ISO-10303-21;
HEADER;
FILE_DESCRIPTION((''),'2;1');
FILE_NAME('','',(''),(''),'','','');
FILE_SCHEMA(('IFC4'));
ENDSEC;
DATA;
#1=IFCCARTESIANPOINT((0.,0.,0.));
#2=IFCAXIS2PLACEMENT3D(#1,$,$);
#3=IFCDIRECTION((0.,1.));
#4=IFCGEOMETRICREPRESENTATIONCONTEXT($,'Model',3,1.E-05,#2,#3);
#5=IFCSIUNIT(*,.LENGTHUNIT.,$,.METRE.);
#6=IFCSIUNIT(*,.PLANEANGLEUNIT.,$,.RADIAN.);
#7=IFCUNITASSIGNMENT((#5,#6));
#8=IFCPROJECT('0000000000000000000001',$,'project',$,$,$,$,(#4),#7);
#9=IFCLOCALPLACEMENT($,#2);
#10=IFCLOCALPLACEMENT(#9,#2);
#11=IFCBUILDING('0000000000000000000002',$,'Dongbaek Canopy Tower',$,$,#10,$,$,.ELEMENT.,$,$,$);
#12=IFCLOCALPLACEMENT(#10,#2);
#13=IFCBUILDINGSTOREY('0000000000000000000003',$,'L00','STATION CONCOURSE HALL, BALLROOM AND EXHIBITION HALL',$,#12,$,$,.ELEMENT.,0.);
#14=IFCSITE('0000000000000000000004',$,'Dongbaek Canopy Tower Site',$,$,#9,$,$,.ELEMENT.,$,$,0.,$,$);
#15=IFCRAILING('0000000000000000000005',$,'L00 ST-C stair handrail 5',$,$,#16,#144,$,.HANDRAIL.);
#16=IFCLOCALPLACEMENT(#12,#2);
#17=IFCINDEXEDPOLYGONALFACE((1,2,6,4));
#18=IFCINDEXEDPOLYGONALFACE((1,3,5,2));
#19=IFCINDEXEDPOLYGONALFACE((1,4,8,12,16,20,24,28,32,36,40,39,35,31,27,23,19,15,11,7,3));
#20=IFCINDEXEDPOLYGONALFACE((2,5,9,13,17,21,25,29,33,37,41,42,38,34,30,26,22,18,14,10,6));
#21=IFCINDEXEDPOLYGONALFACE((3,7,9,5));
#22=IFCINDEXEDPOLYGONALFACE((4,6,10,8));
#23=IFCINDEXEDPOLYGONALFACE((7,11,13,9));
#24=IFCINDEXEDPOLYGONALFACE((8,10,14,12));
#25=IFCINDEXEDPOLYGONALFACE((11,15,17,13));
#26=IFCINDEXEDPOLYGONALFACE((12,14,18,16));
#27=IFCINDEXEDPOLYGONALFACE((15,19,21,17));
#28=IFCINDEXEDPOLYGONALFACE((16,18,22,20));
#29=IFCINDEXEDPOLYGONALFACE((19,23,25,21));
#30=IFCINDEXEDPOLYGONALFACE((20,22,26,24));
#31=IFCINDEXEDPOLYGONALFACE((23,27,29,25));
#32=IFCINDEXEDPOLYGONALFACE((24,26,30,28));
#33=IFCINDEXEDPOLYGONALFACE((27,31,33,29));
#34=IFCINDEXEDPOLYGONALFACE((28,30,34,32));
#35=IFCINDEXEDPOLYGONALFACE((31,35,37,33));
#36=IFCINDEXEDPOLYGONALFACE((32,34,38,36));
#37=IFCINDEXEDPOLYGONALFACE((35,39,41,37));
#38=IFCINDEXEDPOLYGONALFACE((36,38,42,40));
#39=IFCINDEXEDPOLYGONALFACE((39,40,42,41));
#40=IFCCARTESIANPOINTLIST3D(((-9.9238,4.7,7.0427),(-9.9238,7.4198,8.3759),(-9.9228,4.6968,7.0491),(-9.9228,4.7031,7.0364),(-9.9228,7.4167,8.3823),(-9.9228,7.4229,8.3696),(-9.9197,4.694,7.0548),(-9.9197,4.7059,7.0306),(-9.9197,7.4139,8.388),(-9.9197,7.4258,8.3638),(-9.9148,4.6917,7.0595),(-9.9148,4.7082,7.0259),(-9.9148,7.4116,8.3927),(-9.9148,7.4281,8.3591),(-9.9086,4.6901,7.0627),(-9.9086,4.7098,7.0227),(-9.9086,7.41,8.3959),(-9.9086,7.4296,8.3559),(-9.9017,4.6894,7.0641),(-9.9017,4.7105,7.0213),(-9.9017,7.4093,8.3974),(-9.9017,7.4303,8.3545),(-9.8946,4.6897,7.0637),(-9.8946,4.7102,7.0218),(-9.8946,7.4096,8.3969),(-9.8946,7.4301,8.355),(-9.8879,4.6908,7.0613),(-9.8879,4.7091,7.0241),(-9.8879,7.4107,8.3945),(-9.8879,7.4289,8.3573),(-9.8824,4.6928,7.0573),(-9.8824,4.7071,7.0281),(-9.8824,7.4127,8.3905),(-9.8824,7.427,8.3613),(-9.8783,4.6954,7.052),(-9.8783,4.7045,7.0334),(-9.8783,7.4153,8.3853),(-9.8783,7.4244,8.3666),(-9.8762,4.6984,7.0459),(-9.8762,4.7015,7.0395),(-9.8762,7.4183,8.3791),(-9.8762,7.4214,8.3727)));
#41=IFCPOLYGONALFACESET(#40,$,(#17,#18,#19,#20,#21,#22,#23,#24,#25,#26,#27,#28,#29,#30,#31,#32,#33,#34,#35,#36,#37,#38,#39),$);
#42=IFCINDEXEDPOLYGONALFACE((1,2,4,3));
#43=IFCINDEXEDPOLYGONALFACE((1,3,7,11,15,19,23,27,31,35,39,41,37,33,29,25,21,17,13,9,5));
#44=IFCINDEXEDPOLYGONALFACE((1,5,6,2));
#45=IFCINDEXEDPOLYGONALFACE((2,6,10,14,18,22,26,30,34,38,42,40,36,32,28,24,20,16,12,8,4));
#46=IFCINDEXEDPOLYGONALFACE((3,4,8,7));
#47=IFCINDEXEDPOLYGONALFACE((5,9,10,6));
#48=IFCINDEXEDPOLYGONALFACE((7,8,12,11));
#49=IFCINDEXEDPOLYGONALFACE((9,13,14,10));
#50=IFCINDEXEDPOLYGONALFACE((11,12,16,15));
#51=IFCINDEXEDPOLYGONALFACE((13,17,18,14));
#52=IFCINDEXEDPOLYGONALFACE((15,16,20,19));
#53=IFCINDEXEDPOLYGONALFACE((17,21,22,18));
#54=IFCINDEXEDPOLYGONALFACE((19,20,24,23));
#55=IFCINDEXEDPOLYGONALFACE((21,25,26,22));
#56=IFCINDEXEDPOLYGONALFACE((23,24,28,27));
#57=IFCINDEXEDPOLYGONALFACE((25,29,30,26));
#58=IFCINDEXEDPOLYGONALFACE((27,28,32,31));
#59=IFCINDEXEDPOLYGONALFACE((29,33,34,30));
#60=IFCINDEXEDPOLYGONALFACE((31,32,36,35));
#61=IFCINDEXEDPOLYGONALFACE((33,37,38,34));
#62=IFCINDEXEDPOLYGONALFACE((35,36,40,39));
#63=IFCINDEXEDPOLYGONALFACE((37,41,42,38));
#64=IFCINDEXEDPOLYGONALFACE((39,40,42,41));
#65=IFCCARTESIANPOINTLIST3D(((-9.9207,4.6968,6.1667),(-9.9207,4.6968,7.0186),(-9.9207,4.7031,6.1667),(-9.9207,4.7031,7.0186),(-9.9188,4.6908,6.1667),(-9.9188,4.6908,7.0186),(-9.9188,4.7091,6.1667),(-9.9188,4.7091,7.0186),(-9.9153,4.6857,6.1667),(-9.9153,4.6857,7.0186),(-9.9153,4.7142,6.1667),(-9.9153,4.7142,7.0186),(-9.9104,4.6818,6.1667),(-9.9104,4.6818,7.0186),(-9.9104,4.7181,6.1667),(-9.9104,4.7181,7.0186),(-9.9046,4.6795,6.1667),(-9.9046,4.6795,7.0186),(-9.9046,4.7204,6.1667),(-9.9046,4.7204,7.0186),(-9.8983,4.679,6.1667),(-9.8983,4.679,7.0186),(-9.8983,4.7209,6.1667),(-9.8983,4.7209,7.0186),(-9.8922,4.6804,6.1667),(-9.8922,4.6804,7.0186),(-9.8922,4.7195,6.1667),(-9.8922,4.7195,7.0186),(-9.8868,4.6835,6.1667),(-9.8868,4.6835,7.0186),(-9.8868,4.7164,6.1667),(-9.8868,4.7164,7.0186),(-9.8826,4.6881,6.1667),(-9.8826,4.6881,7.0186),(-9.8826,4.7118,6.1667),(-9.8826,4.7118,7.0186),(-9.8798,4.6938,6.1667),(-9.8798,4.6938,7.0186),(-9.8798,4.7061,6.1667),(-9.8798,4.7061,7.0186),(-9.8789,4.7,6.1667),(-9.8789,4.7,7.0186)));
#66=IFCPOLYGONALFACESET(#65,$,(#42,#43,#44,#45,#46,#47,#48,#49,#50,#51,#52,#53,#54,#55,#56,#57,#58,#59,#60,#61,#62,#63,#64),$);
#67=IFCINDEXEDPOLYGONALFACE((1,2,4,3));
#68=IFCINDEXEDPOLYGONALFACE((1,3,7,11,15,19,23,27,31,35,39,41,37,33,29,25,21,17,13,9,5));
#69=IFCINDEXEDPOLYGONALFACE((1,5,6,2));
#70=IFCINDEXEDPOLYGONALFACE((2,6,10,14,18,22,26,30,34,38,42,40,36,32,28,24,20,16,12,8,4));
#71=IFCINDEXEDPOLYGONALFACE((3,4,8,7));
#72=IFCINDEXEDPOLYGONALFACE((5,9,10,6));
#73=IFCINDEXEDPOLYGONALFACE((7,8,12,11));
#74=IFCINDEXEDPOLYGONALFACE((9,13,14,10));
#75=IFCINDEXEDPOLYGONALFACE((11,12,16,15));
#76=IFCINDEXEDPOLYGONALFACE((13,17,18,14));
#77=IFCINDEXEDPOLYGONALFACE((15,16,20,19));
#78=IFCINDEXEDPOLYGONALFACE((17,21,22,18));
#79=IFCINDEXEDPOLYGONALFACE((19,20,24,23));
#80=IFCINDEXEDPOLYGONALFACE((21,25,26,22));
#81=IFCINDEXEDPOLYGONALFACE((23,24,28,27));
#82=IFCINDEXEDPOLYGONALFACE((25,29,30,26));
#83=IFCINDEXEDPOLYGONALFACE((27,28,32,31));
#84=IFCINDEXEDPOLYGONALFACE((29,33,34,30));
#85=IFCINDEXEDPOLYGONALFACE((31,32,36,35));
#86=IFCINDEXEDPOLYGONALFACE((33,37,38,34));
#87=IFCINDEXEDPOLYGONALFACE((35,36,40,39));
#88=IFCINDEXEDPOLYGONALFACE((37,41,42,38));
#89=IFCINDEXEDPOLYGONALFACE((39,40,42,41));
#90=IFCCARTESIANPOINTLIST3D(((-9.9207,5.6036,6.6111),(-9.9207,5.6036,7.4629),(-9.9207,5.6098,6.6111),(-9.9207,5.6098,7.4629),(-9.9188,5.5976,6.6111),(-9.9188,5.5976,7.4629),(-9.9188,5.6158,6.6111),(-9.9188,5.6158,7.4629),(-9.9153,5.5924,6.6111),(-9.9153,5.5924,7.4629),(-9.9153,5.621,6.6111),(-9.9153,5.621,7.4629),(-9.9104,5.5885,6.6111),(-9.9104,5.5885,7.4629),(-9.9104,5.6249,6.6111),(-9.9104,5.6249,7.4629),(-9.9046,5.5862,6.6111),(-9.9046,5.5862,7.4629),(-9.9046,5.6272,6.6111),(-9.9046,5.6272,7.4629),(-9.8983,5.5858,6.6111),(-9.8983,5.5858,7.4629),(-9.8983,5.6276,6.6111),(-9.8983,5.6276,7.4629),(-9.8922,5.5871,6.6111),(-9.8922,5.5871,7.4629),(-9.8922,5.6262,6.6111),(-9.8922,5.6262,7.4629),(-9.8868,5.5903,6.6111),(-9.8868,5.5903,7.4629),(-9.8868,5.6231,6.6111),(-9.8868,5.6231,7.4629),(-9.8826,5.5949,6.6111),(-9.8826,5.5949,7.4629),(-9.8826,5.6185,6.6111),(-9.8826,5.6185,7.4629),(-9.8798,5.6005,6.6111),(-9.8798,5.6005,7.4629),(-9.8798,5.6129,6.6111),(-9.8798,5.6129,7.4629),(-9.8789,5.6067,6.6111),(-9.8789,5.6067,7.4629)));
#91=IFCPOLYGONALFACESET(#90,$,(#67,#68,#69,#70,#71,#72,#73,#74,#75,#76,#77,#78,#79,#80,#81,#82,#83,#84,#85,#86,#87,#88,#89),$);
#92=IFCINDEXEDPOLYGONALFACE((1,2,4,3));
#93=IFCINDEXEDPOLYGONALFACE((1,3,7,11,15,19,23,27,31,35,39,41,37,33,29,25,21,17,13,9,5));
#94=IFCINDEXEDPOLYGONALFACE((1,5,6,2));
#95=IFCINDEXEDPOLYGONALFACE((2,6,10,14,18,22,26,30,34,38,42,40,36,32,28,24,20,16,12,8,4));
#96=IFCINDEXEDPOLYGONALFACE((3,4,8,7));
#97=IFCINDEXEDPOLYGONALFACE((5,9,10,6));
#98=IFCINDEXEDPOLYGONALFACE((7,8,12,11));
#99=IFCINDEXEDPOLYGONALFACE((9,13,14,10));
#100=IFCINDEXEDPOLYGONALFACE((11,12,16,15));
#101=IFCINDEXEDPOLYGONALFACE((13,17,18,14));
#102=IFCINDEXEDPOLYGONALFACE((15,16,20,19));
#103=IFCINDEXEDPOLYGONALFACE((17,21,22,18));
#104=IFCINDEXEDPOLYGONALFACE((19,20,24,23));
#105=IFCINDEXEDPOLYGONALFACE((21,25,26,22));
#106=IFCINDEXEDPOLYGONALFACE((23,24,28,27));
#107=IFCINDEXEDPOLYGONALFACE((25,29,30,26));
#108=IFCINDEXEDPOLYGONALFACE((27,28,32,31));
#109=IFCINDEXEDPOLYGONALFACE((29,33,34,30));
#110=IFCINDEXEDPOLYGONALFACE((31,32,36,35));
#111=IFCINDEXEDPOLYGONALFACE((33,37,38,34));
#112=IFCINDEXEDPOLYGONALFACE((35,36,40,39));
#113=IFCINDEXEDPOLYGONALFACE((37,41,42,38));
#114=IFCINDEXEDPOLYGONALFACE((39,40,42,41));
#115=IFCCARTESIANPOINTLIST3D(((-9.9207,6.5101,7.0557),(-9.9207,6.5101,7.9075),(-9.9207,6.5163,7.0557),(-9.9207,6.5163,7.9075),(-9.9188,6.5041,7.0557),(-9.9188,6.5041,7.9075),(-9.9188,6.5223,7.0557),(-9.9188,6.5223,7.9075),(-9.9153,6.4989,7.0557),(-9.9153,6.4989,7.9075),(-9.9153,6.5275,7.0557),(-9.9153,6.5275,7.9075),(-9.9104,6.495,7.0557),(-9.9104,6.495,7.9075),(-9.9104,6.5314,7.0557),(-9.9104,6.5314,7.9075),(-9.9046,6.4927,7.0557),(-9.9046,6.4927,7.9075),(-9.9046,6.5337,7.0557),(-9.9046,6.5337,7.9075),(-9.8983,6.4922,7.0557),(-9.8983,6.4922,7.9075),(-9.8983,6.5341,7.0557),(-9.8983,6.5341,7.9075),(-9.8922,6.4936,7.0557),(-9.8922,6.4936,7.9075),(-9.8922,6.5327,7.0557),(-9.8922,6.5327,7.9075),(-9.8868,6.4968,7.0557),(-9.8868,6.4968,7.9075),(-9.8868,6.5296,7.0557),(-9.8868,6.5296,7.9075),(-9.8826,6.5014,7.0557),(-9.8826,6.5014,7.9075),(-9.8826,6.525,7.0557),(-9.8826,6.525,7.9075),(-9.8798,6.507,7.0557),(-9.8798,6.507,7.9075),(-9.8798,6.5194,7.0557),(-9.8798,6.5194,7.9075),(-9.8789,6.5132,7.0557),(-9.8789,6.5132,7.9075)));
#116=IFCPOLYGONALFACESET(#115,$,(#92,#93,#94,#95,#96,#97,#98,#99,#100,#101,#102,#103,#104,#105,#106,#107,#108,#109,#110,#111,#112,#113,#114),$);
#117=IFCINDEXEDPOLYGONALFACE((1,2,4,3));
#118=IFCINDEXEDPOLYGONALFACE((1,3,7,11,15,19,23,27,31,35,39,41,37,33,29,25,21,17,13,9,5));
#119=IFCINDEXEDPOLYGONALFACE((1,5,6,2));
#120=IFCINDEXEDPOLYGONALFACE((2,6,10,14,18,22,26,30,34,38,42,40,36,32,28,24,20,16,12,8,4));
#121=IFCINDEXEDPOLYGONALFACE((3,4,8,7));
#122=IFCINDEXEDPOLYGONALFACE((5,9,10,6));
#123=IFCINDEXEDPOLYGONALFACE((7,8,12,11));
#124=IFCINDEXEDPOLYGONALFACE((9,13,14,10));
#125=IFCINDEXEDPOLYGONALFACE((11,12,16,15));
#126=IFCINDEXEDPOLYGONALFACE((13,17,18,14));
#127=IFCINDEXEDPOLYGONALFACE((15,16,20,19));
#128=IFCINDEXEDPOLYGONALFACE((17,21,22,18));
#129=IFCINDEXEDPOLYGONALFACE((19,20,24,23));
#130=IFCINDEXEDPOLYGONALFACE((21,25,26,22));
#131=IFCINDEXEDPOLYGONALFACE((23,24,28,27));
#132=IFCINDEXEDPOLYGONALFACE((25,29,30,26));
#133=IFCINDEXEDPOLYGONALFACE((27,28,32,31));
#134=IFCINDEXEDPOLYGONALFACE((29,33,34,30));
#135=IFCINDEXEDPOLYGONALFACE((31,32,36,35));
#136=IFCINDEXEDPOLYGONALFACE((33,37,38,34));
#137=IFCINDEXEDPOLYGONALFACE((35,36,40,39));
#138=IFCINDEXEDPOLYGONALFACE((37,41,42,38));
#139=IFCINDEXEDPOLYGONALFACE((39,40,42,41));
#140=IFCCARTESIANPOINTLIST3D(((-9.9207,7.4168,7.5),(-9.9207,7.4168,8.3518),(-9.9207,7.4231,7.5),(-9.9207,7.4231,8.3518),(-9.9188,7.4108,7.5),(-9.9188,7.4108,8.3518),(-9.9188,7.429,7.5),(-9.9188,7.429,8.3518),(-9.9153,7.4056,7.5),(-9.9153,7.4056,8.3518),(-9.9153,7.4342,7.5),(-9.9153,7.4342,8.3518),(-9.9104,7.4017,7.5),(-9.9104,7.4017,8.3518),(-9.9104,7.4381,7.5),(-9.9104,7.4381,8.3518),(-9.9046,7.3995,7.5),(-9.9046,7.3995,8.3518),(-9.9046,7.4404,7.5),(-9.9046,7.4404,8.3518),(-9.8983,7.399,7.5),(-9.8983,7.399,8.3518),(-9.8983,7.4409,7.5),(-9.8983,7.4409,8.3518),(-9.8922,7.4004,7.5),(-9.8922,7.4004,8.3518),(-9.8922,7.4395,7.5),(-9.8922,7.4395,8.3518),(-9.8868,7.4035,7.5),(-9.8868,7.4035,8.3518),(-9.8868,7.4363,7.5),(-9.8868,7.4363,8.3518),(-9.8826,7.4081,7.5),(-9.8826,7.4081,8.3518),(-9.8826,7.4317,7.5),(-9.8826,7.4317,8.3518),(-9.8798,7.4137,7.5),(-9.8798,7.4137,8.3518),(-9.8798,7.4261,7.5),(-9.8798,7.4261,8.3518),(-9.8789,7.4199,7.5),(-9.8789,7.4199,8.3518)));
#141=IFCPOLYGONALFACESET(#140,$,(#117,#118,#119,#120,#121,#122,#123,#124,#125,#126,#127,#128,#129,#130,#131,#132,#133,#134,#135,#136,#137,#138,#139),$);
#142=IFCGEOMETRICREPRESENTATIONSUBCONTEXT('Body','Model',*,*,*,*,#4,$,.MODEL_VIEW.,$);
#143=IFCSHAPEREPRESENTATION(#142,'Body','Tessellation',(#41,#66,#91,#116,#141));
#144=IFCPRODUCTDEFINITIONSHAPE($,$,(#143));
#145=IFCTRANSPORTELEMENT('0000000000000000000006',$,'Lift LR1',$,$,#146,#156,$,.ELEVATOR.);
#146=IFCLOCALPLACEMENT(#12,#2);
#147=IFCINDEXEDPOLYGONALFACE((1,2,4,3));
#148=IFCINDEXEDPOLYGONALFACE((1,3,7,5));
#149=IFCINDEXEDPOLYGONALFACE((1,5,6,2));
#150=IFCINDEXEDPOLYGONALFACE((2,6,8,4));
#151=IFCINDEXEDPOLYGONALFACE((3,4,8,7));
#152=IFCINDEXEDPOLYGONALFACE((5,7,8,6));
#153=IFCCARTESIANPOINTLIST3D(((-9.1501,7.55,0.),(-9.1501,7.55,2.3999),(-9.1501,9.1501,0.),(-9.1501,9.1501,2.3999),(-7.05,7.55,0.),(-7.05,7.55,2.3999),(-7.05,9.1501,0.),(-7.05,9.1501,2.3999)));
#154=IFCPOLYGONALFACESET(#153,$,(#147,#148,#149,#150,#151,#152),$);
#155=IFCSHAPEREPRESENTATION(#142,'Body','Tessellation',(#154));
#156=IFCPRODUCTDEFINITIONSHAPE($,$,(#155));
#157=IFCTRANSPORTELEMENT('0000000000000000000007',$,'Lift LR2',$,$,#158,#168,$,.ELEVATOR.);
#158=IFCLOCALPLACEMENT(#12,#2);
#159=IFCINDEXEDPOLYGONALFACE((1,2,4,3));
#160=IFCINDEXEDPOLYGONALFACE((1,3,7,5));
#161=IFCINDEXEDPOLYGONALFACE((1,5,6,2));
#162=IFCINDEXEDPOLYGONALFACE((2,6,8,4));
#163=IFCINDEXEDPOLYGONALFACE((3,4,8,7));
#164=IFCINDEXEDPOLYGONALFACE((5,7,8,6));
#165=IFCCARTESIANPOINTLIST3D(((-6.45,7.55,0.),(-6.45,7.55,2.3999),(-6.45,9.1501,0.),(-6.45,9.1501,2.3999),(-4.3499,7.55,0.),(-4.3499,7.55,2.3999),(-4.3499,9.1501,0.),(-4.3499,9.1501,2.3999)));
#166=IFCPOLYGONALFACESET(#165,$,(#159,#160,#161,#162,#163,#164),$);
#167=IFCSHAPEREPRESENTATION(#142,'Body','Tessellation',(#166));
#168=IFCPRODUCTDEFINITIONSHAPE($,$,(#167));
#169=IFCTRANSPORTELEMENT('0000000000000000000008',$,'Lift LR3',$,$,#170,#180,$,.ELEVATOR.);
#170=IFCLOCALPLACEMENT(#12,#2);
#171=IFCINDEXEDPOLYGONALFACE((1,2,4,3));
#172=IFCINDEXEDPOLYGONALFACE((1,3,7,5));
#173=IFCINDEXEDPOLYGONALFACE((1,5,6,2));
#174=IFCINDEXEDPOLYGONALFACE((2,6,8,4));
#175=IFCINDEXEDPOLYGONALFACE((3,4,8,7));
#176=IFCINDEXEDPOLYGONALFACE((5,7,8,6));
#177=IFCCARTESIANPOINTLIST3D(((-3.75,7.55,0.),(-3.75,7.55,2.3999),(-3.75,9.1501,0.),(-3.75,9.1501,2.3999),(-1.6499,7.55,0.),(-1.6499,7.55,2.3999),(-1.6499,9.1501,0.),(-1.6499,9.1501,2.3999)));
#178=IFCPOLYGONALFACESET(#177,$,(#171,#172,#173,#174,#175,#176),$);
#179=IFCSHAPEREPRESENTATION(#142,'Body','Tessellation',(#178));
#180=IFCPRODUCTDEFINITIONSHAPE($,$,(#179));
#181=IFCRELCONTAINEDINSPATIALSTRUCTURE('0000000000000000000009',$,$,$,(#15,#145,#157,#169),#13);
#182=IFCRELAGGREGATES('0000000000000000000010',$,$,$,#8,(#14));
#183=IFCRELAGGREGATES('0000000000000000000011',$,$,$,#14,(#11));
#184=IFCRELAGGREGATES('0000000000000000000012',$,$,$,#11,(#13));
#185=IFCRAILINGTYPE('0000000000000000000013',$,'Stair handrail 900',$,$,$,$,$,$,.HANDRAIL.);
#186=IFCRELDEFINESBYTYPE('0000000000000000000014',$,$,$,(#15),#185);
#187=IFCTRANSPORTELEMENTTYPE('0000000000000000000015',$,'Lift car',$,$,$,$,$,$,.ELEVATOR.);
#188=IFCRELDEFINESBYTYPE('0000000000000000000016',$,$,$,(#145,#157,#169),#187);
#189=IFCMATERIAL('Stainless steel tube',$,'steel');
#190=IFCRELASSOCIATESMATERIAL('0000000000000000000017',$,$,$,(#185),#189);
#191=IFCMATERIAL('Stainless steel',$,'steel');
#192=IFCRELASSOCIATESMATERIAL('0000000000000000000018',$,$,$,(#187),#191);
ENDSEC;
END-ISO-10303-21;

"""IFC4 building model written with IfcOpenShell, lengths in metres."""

from ifc_helpers import new_model, si_unit, direction, frame, origin, origin_2d, place, context, subcontext, project, spatial, rectangle, circle, extrude, material, type_object, element, save


model = new_model("IFC4")

# Units and contexts
model_context = context("Model", 3, precision=1e-05, world=origin(), true_north=direction((0.0, 1.0)))
body_context = subcontext(model_context, "Body", "Model", "MODEL_VIEW")
ifc_project = project(units=[si_unit("LENGTHUNIT", "METRE"), si_unit("PLANEANGLEUNIT", "RADIAN")], contexts=[model_context])

# Site, building, storey
site_placement = place(None, origin())
site = spatial("IfcSite", under=ifc_project, at=site_placement, Name="Dongbaek Canopy Tower Site", CompositionType="ELEMENT", RefElevation=0.0)
building_placement = place(site_placement, origin())
building = spatial("IfcBuilding", under=site, at=building_placement, Name="Dongbaek Canopy Tower", CompositionType="ELEMENT")
storey_placement = place(building_placement, origin())
storey = spatial("IfcBuildingStorey", under=building, at=storey_placement, Name="L00", Description="STATION CONCOURSE HALL, BALLROOM AND EXHIBITION HALL", CompositionType="ELEMENT", Elevation=0.0)

# Railing
ifc_material_1 = material(Name="Stainless steel tube", Category="steel")
railing_type_1 = type_object("IfcRailingType", Name="Stair handrail 900", PredefinedType="HANDRAIL", material=ifc_material_1)
for number, where, name in (
    (1, (-9.8999, 4.7, 6.1667), "L00 ST-C stair handrail 5"),
):
    element("IfcRailing", number, at=place(storey_placement, frame(where)), inside=storey, type_object=railing_type_1, Name=name, PredefinedType="HANDRAIL", context=body_context, shape_type="SweptSolid", body=[
        extrude(circle(Radius=0.0239, at=origin_2d()), frame((0.0, 0.0, 0.876), z_axis=(0.0, 0.897929, 0.440139), x_axis=(-1.0, 0.0, 0.0)), (0.0, 0.0, 1.0), 3.0291),
        extrude(circle(Radius=0.021, at=origin_2d()), origin(), (0.0, 0.0, 1.0), 0.8518),
        extrude(circle(Radius=0.021, at=origin_2d()), frame((0.0, 0.9067, 0.4443)), (0.0, 0.0, 1.0), 0.8518),
        extrude(circle(Radius=0.021, at=origin_2d()), frame((0.0, 1.8132, 0.8889)), (0.0, 0.0, 1.0), 0.8518),
        extrude(circle(Radius=0.021, at=origin_2d()), frame((0.0, 2.72, 1.3333)), (0.0, 0.0, 1.0), 0.8518),
    ])

# Transport elements
ifc_material_2 = material(Name="Stainless steel", Category="steel")
transport_element_type = type_object("IfcTransportElementType", Name="Lift car", PredefinedType="ELEVATOR", material=ifc_material_2)
for number, where, z_axis, x_axis, name in (
    (2, (-8.1001, 8.3501, 0.0), (0.0, 0.0, 1.0), (1.0, 0.0, 0.0), "Lift LR1"),
    (3, (-5.3999, 8.3501, 0.0), (0.0, 0.0, 1.0), (1.0, 0.0, 0.0), "Lift LR2"),
    (4, (-2.7, 8.3501, 0.0), (0.0, 0.0, 1.0), (1.0, 0.0, 0.0), "Lift LR3"),
):
    element("IfcTransportElement", number, at=place(storey_placement, frame(where, z_axis=z_axis, x_axis=x_axis)), inside=storey, type_object=transport_element_type, Name=name, PredefinedType="ELEVATOR", context=body_context, shape_type="SweptSolid", body=[
        extrude(rectangle(XDim=2.1001, YDim=1.6001, at=origin_2d()), origin(), (0.0, 0.0, 1.0), 2.3999),
    ])

save(model, "model.ifc")
